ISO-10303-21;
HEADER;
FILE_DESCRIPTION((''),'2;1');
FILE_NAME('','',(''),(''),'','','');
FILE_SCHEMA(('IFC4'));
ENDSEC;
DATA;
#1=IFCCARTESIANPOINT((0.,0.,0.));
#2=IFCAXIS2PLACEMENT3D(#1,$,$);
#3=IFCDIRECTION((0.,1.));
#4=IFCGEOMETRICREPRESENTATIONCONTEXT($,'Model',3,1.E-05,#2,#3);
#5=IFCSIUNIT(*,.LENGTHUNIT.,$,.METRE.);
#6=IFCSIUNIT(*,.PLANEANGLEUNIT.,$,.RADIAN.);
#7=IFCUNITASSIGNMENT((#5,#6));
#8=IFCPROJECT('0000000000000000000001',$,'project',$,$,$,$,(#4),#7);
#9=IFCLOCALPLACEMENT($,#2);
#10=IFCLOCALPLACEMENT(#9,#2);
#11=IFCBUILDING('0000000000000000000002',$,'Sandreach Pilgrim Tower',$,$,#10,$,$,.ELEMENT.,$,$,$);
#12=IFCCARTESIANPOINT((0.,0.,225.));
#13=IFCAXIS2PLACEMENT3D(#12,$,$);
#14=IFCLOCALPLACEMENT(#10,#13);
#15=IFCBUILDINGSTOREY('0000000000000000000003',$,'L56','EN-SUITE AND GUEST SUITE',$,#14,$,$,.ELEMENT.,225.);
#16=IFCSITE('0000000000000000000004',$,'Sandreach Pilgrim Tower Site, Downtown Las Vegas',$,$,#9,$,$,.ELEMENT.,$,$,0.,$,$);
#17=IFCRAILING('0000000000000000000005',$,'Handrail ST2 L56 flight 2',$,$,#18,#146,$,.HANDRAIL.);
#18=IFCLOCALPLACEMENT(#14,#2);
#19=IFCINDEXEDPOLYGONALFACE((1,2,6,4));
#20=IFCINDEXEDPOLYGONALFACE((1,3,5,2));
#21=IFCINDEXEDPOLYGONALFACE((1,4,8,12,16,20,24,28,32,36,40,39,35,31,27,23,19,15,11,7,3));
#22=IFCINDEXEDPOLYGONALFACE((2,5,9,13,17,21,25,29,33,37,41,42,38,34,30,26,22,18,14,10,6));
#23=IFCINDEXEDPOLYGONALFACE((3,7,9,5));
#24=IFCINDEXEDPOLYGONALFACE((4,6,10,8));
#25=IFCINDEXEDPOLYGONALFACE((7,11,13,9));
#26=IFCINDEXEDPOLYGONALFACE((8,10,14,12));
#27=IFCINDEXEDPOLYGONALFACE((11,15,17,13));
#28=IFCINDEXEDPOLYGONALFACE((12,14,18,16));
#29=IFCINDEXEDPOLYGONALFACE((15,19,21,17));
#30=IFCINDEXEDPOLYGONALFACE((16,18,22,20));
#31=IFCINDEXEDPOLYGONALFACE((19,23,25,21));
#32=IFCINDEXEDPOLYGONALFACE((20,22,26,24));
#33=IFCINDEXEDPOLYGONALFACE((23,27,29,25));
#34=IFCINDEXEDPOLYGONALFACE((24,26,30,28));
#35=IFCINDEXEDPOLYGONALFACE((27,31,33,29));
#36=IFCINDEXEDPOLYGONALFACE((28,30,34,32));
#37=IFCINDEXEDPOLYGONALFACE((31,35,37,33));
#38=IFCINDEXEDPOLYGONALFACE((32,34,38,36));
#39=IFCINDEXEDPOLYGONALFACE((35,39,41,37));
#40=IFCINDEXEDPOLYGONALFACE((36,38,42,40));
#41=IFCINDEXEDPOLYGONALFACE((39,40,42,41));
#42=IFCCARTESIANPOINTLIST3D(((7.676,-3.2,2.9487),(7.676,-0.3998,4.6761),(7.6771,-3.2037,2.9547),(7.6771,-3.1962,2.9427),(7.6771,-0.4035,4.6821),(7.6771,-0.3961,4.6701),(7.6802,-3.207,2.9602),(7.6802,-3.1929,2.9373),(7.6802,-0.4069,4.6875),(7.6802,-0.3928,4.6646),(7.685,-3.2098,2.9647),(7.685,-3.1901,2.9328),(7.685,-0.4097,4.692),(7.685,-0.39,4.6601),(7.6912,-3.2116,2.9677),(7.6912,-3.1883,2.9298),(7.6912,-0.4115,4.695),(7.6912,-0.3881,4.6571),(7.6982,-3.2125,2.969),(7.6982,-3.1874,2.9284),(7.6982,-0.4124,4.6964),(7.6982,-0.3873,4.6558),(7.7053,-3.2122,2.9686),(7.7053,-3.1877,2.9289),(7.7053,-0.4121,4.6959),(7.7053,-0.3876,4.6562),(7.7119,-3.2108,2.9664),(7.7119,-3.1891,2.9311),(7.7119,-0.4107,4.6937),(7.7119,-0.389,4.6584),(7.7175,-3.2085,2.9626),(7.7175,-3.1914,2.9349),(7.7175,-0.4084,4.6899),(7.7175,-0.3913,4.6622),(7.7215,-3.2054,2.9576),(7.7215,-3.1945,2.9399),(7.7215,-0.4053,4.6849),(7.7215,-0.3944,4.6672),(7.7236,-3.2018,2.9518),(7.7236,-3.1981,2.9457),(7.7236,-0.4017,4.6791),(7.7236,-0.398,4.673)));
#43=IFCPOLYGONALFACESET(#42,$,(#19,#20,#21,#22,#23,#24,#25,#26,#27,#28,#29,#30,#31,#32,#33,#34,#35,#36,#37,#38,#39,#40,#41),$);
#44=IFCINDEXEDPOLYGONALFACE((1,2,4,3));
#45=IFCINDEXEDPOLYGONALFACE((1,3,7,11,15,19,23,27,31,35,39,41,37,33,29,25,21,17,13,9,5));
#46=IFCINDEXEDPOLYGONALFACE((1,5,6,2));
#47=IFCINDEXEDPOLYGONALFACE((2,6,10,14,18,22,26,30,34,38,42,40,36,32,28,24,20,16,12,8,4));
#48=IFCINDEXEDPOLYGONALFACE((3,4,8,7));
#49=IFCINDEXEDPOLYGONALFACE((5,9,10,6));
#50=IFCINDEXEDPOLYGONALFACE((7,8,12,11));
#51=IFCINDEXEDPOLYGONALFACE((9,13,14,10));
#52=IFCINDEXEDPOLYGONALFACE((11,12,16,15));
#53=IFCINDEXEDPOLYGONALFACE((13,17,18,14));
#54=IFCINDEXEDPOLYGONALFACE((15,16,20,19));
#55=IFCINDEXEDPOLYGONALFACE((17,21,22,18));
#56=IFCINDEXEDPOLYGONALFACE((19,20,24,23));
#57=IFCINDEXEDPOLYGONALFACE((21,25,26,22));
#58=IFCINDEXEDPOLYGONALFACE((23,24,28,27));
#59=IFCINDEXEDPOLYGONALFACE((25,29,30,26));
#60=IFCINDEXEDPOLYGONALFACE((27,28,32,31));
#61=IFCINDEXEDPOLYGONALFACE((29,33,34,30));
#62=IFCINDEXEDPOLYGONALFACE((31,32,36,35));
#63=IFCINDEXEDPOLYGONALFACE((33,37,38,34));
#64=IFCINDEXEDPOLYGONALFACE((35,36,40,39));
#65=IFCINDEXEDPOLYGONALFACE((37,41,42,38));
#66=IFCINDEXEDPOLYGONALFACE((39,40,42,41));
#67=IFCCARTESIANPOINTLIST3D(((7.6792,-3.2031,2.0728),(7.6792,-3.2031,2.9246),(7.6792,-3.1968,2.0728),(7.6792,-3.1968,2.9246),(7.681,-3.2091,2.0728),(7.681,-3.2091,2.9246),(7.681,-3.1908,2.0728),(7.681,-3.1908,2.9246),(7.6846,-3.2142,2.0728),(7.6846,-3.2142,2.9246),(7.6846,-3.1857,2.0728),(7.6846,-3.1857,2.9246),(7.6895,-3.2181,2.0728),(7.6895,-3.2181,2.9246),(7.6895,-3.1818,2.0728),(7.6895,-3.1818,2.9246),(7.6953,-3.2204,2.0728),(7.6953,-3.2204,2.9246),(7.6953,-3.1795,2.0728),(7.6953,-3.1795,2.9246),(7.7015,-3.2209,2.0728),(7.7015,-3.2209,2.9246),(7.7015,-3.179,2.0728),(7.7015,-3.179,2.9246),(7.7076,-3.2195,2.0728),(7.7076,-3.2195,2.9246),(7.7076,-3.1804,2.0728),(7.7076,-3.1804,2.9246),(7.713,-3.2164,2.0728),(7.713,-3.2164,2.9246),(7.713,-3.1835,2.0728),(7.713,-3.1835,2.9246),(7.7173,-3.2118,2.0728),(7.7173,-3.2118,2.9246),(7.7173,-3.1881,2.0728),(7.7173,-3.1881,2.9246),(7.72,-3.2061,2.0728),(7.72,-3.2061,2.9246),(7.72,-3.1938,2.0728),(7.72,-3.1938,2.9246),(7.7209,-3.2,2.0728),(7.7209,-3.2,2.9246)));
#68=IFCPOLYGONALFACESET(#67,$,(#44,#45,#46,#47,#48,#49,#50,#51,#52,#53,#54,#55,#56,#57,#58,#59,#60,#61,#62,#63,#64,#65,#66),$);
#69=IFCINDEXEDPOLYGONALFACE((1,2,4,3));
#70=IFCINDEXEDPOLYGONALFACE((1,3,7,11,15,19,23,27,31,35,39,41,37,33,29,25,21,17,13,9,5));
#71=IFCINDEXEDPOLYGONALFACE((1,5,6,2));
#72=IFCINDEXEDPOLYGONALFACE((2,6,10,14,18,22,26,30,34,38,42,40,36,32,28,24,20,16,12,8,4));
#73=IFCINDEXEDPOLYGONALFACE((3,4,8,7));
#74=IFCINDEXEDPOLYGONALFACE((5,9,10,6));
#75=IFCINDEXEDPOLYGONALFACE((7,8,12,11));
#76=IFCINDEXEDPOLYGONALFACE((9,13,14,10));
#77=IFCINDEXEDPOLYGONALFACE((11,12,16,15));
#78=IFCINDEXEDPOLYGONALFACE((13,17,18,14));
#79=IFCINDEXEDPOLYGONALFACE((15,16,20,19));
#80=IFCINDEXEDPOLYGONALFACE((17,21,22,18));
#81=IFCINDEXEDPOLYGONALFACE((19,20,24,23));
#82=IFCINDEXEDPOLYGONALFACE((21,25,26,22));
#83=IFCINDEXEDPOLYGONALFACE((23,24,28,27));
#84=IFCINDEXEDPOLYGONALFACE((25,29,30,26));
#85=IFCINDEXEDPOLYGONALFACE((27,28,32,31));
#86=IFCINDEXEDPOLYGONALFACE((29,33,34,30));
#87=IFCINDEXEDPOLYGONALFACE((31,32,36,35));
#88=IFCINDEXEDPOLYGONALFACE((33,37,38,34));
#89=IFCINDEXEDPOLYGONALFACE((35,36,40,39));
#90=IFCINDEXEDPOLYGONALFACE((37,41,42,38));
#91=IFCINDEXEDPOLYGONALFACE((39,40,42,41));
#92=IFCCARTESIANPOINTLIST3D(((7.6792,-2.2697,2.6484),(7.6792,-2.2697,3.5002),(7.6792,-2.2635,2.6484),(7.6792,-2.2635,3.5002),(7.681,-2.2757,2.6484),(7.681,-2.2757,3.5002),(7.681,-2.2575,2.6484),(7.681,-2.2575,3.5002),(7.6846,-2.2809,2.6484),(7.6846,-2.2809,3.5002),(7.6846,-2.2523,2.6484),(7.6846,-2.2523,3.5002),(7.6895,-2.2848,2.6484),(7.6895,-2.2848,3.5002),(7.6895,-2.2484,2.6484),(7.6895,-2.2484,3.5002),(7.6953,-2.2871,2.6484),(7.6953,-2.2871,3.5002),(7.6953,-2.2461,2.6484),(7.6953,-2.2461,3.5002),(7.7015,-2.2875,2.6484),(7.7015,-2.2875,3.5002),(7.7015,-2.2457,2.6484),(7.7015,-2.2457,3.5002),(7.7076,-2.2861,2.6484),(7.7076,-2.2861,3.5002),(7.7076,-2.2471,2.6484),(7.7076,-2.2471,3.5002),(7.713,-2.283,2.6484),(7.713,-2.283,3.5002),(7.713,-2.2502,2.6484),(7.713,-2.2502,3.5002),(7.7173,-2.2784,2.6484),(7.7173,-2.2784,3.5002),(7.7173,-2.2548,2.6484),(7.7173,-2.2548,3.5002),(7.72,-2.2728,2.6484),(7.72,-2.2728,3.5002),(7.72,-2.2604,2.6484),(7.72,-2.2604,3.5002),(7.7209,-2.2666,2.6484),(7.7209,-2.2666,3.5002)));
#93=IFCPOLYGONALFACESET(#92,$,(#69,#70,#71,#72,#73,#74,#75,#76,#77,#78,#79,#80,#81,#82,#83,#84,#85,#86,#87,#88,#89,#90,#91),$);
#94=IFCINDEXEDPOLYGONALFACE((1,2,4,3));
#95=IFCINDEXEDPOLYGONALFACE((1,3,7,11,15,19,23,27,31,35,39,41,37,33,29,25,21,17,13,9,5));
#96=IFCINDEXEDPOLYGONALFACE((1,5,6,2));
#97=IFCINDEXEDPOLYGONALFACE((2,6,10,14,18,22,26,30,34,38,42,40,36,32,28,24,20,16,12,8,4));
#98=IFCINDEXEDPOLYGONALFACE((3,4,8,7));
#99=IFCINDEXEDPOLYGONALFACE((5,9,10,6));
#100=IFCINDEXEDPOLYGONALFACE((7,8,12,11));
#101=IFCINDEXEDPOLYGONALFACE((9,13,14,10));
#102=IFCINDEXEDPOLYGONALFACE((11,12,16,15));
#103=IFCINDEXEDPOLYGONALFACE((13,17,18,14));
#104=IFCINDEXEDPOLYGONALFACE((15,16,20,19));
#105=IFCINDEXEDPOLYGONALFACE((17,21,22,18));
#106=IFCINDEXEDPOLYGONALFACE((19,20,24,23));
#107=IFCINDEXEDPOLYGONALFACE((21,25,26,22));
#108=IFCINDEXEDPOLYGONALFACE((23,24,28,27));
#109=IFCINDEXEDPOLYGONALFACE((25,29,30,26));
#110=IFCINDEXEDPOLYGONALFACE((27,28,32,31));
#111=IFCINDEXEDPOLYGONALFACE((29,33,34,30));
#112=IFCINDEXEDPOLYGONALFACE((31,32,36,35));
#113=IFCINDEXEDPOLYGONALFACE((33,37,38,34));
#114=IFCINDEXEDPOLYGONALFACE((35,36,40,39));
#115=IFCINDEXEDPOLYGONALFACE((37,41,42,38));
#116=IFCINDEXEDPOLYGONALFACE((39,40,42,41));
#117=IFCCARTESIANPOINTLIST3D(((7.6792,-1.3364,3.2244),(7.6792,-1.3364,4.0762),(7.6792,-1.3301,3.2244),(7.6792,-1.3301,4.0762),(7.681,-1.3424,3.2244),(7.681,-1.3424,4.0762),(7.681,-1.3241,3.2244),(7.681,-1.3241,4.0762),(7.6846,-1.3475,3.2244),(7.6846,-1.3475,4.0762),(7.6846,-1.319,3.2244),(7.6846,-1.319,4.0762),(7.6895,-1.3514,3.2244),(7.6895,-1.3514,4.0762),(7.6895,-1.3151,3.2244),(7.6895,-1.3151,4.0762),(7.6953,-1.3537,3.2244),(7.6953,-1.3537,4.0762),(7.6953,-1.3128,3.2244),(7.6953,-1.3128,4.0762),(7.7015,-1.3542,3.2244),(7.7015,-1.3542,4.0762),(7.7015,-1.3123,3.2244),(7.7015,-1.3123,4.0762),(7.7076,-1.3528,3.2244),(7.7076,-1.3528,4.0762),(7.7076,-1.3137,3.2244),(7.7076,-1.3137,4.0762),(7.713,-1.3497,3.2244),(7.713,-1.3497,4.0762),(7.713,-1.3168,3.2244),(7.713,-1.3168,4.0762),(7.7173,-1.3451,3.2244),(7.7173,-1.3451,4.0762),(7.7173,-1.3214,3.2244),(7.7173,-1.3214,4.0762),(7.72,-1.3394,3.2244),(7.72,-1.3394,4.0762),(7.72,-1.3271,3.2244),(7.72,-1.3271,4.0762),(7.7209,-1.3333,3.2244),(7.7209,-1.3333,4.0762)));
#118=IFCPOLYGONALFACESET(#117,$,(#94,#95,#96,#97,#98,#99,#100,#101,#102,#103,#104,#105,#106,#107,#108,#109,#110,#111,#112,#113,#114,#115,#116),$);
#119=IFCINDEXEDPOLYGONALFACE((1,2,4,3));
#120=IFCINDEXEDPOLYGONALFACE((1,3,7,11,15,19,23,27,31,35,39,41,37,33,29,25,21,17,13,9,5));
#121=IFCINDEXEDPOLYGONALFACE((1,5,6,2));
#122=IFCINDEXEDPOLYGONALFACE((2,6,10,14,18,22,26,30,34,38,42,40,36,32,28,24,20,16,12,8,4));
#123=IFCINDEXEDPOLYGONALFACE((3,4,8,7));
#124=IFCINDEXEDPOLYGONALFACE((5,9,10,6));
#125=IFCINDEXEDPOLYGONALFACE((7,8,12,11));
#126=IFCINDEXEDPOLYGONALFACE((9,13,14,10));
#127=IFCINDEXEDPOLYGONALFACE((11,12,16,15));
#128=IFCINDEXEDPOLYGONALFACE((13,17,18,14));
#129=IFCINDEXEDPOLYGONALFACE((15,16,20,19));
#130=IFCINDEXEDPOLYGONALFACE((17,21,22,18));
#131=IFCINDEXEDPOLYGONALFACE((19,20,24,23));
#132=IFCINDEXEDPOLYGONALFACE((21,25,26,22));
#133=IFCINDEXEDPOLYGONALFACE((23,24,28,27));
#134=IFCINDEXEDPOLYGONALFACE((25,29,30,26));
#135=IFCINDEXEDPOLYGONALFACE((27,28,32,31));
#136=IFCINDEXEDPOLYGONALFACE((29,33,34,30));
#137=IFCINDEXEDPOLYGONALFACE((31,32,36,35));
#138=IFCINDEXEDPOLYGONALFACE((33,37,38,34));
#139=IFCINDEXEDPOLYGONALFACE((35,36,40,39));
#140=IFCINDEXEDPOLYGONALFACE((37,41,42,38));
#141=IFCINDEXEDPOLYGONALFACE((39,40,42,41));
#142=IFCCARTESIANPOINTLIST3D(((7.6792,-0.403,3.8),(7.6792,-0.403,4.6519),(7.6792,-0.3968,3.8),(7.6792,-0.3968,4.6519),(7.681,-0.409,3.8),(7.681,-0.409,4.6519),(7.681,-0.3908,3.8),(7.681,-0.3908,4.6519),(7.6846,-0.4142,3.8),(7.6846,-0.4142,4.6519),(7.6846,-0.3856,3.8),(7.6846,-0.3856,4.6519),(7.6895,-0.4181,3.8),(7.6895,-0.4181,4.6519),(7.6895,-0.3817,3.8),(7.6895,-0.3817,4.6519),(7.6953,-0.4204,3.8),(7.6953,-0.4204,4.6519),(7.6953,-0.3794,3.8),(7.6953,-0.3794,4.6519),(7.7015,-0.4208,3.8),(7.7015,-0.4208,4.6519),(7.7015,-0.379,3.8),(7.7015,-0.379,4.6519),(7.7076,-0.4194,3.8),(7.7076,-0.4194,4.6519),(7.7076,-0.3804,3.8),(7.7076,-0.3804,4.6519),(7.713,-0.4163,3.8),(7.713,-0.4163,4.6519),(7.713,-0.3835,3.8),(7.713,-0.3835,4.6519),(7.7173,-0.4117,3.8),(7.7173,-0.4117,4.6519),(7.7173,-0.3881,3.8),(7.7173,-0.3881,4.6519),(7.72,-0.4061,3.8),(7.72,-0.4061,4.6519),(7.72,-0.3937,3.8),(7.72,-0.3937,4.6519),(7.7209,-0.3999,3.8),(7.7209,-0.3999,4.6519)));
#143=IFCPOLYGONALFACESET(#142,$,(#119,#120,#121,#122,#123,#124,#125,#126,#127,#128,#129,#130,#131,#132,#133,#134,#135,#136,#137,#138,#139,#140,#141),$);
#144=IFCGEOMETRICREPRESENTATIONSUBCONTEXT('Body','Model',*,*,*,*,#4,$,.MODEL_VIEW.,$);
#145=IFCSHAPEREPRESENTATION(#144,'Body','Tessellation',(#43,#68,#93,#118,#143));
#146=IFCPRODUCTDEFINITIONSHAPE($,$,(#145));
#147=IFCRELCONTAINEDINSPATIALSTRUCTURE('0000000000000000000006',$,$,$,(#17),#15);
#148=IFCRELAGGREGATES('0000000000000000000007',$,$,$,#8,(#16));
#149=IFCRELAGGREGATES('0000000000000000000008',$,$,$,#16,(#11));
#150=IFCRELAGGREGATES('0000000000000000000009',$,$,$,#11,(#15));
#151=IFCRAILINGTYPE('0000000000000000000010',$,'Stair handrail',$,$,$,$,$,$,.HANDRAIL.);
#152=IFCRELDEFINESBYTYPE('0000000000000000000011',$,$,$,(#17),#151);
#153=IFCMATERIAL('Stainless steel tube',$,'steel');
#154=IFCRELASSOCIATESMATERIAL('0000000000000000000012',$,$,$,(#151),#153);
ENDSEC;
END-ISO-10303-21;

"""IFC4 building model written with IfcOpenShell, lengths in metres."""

from ifc_helpers import new_model, si_unit, direction, frame, origin, origin_2d, place, context, subcontext, project, spatial, circle, extrude, material, type_object, element, save


model = new_model("IFC4")

# Units and contexts
model_context = context("Model", 3, precision=1e-05, world=origin(), true_north=direction((0.0, 1.0)))
body_context = subcontext(model_context, "Body", "Model", "MODEL_VIEW")
ifc_project = project(units=[si_unit("LENGTHUNIT", "METRE"), si_unit("PLANEANGLEUNIT", "RADIAN")], contexts=[model_context])

# Site, building, storey
site_placement = place(None, origin())
site = spatial("IfcSite", under=ifc_project, at=site_placement, Name="Sandreach Pilgrim Tower Site, Downtown Las Vegas", CompositionType="ELEMENT", RefElevation=0.0)
building_placement = place(site_placement, origin())
building = spatial("IfcBuilding", under=site, at=building_placement, Name="Sandreach Pilgrim Tower", CompositionType="ELEMENT")
storey_placement = place(building_placement, frame((0.0, 0.0, 225.0)))
storey = spatial("IfcBuildingStorey", under=building, at=storey_placement, Name="L56", Description="EN-SUITE AND GUEST SUITE", CompositionType="ELEMENT", Elevation=225.0)

# Railing
ifc_material_1 = material(Name="Stainless steel tube", Category="steel")
railing_type = type_object("IfcRailingType", Name="Stair handrail", PredefinedType="HANDRAIL", material=ifc_material_1)
railing_placement = place(storey_placement, frame((7.7, -3.2, 2.0728)))
element("IfcRailing", 1, at=railing_placement, inside=storey, type_object=railing_type, Name="Handrail ST2 L56 flight 2", PredefinedType="HANDRAIL", context=body_context, shape_type="SweptSolid", body=[
    extrude(circle(Radius=0.0239, at=origin_2d()), frame((0.0, 0.0, 0.876), z_axis=(0.0, 0.85109, 0.52502), x_axis=(-1.0, 0.0, 0.0)), (0.0, 0.0, 1.0), 3.29),
    extrude(circle(Radius=0.021, at=origin_2d()), origin(), (0.0, 0.0, 1.0), 0.8518),
    extrude(circle(Radius=0.021, at=origin_2d()), frame((0.0, 0.9333, 0.5757)), (0.0, 0.0, 1.0), 0.8518),
    extrude(circle(Radius=0.021, at=origin_2d()), frame((0.0, 1.8667, 1.1516)), (0.0, 0.0, 1.0), 0.8518),
    extrude(circle(Radius=0.021, at=origin_2d()), frame((0.0, 2.8, 1.7273)), (0.0, 0.0, 1.0), 0.8518),
])

save(model, "model.ifc")
